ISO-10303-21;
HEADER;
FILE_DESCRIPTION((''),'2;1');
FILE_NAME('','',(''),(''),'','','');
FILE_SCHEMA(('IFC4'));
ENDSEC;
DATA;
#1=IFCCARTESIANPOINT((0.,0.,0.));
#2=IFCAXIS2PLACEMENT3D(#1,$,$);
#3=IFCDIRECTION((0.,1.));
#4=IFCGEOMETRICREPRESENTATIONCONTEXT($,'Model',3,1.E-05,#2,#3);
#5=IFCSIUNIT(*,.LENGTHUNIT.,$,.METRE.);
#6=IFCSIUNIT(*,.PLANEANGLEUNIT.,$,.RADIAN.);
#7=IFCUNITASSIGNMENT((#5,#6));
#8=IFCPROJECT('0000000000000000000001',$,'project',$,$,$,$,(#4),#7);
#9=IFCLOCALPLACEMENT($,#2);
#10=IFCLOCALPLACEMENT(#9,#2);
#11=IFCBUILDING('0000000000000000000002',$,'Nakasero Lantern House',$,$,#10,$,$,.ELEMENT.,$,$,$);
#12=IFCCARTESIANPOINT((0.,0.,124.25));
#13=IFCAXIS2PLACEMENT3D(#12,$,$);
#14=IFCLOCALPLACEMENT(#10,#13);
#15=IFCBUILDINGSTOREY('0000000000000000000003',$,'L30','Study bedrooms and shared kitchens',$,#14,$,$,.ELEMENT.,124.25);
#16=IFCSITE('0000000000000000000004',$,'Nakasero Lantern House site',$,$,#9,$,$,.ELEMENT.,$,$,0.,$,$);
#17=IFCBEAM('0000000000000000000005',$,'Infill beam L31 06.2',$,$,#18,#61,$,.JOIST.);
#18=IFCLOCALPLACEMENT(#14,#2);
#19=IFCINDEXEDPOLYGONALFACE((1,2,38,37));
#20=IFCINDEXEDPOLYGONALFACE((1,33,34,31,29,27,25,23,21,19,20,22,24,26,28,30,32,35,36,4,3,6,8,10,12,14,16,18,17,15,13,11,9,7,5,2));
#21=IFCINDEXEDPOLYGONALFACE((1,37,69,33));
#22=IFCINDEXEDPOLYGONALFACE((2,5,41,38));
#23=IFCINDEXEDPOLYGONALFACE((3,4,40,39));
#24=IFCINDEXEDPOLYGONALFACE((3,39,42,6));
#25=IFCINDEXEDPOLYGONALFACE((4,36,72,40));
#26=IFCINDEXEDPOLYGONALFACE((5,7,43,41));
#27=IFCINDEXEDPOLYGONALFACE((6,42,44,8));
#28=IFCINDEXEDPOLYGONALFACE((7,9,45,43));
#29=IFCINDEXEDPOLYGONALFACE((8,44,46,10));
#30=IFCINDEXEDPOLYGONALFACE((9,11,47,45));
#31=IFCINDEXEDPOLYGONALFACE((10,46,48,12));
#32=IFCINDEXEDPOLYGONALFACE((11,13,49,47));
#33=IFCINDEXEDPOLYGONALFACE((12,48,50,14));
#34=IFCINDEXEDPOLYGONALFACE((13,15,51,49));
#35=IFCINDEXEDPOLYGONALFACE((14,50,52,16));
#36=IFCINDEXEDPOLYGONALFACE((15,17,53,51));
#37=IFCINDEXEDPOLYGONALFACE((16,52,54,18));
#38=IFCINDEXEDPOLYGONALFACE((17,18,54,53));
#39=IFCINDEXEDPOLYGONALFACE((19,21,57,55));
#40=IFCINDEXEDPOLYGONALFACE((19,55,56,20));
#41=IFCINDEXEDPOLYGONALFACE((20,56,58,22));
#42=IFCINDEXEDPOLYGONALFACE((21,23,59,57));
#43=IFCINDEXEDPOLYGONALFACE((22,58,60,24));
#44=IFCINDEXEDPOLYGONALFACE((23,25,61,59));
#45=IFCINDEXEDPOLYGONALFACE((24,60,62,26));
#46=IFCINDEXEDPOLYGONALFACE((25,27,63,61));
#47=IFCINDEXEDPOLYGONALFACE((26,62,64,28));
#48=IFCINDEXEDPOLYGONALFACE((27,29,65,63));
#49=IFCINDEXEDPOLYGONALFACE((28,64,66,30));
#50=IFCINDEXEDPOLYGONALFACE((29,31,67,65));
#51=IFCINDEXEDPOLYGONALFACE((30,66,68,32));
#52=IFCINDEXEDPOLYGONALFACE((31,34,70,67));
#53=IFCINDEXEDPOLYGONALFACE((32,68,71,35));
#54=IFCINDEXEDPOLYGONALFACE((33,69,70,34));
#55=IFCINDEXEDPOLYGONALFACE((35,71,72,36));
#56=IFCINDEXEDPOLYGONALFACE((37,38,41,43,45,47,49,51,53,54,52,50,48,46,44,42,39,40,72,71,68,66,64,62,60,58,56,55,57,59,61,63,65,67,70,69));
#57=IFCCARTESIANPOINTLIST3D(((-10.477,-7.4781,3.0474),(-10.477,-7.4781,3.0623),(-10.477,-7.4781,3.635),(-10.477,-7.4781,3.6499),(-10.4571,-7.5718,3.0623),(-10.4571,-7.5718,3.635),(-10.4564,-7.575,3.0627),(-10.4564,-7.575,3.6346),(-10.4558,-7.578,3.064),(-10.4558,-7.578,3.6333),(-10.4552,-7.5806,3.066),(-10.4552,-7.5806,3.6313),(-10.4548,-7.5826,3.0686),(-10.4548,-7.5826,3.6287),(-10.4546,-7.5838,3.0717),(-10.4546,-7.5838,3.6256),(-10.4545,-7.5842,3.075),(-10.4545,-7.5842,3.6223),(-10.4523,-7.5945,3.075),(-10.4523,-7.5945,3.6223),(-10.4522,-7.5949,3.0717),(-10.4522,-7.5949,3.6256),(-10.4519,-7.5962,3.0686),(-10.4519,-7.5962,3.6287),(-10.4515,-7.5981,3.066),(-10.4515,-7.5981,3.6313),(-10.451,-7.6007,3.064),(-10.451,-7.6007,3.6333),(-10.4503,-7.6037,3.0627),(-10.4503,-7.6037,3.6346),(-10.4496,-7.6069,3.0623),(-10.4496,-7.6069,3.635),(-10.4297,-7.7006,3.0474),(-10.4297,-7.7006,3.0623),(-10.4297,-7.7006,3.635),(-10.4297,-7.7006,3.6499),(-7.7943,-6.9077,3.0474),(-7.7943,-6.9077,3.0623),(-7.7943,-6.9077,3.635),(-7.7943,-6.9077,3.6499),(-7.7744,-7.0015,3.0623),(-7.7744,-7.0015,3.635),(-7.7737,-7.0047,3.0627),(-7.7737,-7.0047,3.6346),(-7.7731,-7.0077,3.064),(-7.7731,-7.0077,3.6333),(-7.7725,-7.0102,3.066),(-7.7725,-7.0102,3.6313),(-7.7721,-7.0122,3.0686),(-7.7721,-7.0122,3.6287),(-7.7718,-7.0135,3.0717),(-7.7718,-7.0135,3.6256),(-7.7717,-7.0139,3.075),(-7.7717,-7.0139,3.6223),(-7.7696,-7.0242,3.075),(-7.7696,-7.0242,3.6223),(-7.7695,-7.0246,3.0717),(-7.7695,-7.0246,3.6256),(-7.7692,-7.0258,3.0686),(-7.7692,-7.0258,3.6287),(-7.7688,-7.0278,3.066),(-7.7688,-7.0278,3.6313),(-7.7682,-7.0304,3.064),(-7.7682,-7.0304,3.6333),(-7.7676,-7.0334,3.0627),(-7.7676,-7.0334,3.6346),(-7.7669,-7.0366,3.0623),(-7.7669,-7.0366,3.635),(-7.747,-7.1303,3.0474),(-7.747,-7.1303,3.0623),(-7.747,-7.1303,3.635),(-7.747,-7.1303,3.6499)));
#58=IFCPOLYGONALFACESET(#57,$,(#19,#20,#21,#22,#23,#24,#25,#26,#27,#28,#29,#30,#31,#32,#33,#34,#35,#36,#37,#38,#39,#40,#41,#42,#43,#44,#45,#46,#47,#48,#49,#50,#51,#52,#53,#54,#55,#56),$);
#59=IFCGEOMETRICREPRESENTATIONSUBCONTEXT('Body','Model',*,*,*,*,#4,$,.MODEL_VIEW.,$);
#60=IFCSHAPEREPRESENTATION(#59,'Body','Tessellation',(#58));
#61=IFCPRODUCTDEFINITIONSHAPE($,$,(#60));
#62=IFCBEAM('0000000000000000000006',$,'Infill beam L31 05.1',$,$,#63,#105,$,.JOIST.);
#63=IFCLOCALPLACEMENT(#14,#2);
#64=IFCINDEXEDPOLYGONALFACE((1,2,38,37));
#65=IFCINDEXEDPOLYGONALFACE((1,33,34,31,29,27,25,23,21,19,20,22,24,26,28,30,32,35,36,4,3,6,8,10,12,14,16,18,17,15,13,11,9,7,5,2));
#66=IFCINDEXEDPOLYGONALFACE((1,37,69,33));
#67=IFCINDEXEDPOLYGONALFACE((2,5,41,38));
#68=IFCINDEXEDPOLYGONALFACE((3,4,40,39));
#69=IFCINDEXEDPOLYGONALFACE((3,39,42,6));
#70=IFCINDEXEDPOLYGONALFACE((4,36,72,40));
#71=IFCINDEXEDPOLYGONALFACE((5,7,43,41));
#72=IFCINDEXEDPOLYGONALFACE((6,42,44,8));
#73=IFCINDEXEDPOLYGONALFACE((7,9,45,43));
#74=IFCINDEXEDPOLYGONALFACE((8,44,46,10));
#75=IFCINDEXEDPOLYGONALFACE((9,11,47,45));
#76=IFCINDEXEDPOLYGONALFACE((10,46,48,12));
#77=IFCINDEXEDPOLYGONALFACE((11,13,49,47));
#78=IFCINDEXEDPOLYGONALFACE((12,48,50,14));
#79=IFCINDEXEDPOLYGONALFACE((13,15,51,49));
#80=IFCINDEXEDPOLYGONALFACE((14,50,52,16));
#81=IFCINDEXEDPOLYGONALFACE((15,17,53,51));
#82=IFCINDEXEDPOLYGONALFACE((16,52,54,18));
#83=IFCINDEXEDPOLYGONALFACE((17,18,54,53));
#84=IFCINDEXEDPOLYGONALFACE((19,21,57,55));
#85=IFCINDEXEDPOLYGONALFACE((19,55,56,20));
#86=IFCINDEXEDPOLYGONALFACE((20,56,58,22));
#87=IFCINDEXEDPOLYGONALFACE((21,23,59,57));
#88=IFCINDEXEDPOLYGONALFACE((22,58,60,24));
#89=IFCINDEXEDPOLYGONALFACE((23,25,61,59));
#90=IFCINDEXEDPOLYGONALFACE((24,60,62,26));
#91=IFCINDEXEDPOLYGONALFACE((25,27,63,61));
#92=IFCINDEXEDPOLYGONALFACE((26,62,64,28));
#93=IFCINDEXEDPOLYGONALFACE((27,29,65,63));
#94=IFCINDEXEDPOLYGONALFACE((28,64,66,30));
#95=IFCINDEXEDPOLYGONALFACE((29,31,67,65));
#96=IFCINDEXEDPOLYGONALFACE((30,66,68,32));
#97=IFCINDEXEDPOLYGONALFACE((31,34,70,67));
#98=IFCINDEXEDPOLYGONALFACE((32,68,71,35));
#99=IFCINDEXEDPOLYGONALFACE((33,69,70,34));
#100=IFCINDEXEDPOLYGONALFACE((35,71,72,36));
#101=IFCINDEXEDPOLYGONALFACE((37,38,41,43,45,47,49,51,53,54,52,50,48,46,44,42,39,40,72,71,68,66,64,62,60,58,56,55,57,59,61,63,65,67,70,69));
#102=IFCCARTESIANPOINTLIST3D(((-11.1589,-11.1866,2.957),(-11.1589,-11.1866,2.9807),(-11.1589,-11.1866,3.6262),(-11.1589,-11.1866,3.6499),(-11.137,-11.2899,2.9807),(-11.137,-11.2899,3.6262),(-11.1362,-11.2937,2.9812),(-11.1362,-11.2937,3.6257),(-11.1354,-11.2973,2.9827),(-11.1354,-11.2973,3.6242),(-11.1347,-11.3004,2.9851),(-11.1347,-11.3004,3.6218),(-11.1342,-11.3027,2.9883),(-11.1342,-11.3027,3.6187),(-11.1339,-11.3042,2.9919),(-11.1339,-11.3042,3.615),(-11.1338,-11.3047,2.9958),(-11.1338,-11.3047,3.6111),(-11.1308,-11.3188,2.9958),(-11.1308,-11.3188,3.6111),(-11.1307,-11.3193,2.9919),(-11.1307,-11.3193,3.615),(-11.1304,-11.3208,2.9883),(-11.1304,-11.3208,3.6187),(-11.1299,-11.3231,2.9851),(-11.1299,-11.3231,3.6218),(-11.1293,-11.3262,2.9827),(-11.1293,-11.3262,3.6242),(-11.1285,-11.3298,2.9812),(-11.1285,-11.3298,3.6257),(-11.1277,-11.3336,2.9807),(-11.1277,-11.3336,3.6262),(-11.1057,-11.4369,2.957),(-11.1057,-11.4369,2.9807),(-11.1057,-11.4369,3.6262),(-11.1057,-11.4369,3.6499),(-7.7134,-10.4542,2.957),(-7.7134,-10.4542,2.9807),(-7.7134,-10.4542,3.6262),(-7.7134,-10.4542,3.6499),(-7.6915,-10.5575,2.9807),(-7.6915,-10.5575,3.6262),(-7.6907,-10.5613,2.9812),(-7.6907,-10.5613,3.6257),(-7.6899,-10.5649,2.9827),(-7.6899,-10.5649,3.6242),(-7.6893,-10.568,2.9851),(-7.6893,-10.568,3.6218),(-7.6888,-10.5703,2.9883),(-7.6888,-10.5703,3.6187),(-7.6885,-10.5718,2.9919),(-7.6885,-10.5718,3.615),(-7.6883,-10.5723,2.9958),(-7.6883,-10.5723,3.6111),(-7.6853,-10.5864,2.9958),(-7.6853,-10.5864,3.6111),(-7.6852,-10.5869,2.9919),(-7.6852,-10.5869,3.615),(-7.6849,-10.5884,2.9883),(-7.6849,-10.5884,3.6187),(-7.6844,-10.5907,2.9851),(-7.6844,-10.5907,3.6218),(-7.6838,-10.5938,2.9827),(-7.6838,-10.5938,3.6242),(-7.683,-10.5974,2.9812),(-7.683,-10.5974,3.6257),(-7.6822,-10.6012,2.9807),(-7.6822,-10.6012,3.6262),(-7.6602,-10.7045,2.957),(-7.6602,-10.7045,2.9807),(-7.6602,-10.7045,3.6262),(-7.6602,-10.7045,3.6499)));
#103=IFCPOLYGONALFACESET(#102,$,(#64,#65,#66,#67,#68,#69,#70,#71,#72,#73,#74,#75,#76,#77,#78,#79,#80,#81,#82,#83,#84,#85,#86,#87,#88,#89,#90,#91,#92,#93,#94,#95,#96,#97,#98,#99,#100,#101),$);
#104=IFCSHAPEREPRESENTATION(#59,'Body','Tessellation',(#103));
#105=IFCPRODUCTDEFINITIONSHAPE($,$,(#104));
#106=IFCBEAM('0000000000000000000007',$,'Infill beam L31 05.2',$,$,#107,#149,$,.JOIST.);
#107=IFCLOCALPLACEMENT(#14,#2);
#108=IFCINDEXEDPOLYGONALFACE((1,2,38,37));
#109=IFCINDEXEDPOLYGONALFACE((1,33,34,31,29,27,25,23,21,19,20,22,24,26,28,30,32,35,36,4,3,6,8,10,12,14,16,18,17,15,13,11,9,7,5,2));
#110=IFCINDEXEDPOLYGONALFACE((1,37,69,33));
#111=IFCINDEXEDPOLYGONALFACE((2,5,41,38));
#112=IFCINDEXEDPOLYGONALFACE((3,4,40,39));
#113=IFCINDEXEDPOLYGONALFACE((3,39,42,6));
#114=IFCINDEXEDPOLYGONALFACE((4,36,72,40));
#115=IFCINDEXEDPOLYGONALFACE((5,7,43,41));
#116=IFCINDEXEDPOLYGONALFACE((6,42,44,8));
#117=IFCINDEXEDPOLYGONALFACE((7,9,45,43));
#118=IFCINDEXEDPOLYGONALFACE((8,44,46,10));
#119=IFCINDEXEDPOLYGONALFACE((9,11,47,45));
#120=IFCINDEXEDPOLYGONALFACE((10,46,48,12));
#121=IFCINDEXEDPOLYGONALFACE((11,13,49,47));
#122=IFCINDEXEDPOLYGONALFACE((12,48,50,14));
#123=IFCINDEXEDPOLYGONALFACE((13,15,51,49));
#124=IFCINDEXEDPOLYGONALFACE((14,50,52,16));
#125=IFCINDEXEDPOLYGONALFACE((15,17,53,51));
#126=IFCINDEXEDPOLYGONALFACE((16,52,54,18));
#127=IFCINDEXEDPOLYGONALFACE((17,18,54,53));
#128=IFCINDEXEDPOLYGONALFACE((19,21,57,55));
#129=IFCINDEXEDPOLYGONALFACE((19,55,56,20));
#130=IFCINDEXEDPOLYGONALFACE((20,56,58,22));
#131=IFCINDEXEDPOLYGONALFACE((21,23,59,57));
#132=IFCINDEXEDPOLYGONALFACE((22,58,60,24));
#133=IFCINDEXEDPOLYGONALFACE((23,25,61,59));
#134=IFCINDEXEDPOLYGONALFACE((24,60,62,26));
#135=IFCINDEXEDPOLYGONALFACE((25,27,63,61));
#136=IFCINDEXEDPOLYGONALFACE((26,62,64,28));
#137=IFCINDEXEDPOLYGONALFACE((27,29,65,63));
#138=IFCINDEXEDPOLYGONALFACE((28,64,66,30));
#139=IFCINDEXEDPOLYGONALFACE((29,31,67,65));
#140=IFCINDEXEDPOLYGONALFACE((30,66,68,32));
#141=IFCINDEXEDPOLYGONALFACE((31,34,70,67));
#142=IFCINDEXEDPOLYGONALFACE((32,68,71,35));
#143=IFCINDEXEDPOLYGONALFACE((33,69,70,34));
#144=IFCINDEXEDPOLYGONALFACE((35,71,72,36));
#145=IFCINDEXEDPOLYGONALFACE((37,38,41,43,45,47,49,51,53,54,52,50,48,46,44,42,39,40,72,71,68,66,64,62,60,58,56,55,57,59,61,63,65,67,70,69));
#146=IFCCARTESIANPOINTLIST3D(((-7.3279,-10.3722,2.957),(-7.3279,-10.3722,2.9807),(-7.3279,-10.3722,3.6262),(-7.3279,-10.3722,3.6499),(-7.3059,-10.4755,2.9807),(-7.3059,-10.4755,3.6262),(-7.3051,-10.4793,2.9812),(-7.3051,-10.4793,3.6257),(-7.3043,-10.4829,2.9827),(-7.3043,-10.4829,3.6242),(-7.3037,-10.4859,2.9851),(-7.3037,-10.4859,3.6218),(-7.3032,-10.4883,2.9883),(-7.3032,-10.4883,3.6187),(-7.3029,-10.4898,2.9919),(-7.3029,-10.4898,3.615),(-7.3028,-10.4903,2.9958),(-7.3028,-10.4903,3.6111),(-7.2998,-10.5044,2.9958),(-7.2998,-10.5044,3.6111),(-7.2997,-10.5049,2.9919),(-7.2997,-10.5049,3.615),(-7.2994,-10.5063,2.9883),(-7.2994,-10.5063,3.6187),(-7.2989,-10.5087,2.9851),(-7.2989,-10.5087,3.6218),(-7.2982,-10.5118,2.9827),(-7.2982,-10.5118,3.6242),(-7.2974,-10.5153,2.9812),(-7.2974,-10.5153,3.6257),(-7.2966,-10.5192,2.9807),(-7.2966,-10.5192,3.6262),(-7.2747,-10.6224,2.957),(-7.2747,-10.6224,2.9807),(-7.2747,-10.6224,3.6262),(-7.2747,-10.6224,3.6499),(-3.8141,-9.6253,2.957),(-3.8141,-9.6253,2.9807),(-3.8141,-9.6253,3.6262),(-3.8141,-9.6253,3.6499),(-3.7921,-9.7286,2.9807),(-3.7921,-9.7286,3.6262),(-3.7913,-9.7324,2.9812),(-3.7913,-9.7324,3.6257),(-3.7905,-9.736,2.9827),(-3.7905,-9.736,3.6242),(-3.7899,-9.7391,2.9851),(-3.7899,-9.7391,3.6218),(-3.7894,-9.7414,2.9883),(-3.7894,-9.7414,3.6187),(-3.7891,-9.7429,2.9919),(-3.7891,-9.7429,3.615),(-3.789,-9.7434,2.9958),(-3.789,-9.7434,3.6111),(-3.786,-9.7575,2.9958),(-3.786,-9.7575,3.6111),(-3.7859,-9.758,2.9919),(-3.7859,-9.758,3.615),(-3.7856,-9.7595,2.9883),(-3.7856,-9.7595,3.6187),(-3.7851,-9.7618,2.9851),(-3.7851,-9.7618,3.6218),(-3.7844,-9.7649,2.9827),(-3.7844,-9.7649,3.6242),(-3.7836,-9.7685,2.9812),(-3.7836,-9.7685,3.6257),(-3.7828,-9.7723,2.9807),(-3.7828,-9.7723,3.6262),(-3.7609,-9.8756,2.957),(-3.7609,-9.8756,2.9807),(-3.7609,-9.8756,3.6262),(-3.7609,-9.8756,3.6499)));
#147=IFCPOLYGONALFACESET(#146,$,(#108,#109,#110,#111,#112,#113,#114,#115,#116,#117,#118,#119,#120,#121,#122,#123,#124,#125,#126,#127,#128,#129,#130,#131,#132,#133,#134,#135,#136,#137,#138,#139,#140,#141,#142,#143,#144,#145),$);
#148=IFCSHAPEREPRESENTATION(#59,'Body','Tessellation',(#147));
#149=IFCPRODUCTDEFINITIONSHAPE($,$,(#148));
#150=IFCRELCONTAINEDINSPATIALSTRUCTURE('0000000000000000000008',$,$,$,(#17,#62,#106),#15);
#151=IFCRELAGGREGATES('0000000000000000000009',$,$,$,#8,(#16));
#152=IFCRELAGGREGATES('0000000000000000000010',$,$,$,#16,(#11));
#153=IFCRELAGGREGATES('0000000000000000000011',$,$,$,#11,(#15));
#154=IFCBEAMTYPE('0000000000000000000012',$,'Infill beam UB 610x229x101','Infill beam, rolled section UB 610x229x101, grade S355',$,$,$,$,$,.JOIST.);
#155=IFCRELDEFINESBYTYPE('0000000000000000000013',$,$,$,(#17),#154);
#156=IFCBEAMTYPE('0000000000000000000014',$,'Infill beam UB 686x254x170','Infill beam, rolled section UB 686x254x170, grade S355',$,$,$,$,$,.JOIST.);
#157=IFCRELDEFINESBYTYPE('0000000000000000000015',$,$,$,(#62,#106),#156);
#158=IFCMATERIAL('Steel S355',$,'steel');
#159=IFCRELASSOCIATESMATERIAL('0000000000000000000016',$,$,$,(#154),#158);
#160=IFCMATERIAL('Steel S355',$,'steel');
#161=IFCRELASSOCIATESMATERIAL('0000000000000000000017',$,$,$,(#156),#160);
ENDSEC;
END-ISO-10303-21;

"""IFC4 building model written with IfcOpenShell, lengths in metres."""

from ifc_helpers import new_model, si_unit, direction, frame, origin, origin_2d, place, context, subcontext, project, spatial, i_section, extrude, material, material_profile, profile_set, type_object, element, save


model = new_model("IFC4")

# Units and contexts
model_context = context("Model", 3, precision=1e-05, world=origin(), true_north=direction((0.0, 1.0)))
body_context = subcontext(model_context, "Body", "Model", "MODEL_VIEW")
ifc_project = project(units=[si_unit("LENGTHUNIT", "METRE"), si_unit("PLANEANGLEUNIT", "RADIAN")], contexts=[model_context])

# Site, building, storey
site_placement = place(None, origin())
site = spatial("IfcSite", under=ifc_project, at=site_placement, Name="Nakasero Lantern House site", CompositionType="ELEMENT", RefElevation=0.0)
building_placement = place(site_placement, origin())
building = spatial("IfcBuilding", under=site, at=building_placement, Name="Nakasero Lantern House", CompositionType="ELEMENT")
storey_placement = place(building_placement, frame((0.0, 0.0, 124.25)))
storey = spatial("IfcBuildingStorey", under=building, at=storey_placement, Name="L30", Description="Study bedrooms and shared kitchens", CompositionType="ELEMENT", Elevation=124.25)

# Beams
ifc_material_1 = material(Name="Steel S355", Category="steel")
ifc_material_profile_1 = material_profile(ifc_material_1, i_section(OverallWidth=0.2275, OverallDepth=0.6025, WebThickness=0.0105, FlangeThickness=0.0149, FilletRadius=0.0127, at=origin_2d()), Name="UB 610x229x101")
ifc_profile_set_1 = profile_set([ifc_material_profile_1], Name="Steel S355")
beam_type_1 = type_object("IfcBeamType", Name="Infill beam UB 610x229x101", Description="Infill beam, rolled section UB 610x229x101, grade S355", PredefinedType="JOIST", material=ifc_profile_set_1)
beam_1_placement = place(storey_placement, frame((-10.4534, -7.5894, 3.3486), z_axis=(0.97814, 0.207948, 0.0), x_axis=(-0.207948, 0.97814, 0.0)))
element("IfcBeam", 1, at=beam_1_placement, inside=storey, type_object=beam_type_1, Name="Infill beam L31 06.2", PredefinedType="JOIST", context=body_context, shape_type="SweptSolid", body=[
    extrude(i_section(OverallWidth=0.2275, OverallDepth=0.6025, WebThickness=0.0105, FlangeThickness=0.0149, FilletRadius=0.0127, at=origin_2d()), origin(), (0.0, 0.0, 1.0), 2.7427),
])
ifc_material_2 = material(Name="Steel S355", Category="steel")
ifc_material_profile_2 = material_profile(ifc_material_2, i_section(OverallWidth=0.2559, OverallDepth=0.6929, WebThickness=0.0144, FlangeThickness=0.0237, FilletRadius=0.0151, at=origin_2d()), Name="UB 686x254x170")
ifc_profile_set_2 = profile_set([ifc_material_profile_2], Name="Steel S355")
beam_type_2 = type_object("IfcBeamType", Name="Infill beam UB 686x254x170", Description="Infill beam, rolled section UB 686x254x170, grade S355", PredefinedType="JOIST", material=ifc_profile_set_2)
beam_2_placement = place(storey_placement, frame((-11.1323, -11.3118, 3.3035), z_axis=(0.978145, 0.207924, 0.0), x_axis=(-0.207924, 0.978145, 0.0)))
element("IfcBeam", 2, at=beam_2_placement, inside=storey, type_object=beam_type_2, Name="Infill beam L31 05.1", PredefinedType="JOIST", context=body_context, shape_type="SweptSolid", body=[
    extrude(i_section(OverallWidth=0.2559, OverallDepth=0.6929, WebThickness=0.0144, FlangeThickness=0.0237, FilletRadius=0.0151, at=origin_2d()), origin(), (0.0, 0.0, 1.0), 3.5225),
])
beam_3_placement = place(storey_placement, frame((-7.3013, -10.4973, 3.3035), z_axis=(0.978149, 0.207904, 0.0), x_axis=(-0.207904, 0.978149, 0.0)))
element("IfcBeam", 3, at=beam_3_placement, inside=storey, type_object=beam_type_2, Name="Infill beam L31 05.2", PredefinedType="JOIST", context=body_context, shape_type="SweptSolid", body=[
    extrude(i_section(OverallWidth=0.2559, OverallDepth=0.6929, WebThickness=0.0144, FlangeThickness=0.0237, FilletRadius=0.0151, at=origin_2d()), origin(), (0.0, 0.0, 1.0), 3.5923),
])

save(model, "model.ifc")
